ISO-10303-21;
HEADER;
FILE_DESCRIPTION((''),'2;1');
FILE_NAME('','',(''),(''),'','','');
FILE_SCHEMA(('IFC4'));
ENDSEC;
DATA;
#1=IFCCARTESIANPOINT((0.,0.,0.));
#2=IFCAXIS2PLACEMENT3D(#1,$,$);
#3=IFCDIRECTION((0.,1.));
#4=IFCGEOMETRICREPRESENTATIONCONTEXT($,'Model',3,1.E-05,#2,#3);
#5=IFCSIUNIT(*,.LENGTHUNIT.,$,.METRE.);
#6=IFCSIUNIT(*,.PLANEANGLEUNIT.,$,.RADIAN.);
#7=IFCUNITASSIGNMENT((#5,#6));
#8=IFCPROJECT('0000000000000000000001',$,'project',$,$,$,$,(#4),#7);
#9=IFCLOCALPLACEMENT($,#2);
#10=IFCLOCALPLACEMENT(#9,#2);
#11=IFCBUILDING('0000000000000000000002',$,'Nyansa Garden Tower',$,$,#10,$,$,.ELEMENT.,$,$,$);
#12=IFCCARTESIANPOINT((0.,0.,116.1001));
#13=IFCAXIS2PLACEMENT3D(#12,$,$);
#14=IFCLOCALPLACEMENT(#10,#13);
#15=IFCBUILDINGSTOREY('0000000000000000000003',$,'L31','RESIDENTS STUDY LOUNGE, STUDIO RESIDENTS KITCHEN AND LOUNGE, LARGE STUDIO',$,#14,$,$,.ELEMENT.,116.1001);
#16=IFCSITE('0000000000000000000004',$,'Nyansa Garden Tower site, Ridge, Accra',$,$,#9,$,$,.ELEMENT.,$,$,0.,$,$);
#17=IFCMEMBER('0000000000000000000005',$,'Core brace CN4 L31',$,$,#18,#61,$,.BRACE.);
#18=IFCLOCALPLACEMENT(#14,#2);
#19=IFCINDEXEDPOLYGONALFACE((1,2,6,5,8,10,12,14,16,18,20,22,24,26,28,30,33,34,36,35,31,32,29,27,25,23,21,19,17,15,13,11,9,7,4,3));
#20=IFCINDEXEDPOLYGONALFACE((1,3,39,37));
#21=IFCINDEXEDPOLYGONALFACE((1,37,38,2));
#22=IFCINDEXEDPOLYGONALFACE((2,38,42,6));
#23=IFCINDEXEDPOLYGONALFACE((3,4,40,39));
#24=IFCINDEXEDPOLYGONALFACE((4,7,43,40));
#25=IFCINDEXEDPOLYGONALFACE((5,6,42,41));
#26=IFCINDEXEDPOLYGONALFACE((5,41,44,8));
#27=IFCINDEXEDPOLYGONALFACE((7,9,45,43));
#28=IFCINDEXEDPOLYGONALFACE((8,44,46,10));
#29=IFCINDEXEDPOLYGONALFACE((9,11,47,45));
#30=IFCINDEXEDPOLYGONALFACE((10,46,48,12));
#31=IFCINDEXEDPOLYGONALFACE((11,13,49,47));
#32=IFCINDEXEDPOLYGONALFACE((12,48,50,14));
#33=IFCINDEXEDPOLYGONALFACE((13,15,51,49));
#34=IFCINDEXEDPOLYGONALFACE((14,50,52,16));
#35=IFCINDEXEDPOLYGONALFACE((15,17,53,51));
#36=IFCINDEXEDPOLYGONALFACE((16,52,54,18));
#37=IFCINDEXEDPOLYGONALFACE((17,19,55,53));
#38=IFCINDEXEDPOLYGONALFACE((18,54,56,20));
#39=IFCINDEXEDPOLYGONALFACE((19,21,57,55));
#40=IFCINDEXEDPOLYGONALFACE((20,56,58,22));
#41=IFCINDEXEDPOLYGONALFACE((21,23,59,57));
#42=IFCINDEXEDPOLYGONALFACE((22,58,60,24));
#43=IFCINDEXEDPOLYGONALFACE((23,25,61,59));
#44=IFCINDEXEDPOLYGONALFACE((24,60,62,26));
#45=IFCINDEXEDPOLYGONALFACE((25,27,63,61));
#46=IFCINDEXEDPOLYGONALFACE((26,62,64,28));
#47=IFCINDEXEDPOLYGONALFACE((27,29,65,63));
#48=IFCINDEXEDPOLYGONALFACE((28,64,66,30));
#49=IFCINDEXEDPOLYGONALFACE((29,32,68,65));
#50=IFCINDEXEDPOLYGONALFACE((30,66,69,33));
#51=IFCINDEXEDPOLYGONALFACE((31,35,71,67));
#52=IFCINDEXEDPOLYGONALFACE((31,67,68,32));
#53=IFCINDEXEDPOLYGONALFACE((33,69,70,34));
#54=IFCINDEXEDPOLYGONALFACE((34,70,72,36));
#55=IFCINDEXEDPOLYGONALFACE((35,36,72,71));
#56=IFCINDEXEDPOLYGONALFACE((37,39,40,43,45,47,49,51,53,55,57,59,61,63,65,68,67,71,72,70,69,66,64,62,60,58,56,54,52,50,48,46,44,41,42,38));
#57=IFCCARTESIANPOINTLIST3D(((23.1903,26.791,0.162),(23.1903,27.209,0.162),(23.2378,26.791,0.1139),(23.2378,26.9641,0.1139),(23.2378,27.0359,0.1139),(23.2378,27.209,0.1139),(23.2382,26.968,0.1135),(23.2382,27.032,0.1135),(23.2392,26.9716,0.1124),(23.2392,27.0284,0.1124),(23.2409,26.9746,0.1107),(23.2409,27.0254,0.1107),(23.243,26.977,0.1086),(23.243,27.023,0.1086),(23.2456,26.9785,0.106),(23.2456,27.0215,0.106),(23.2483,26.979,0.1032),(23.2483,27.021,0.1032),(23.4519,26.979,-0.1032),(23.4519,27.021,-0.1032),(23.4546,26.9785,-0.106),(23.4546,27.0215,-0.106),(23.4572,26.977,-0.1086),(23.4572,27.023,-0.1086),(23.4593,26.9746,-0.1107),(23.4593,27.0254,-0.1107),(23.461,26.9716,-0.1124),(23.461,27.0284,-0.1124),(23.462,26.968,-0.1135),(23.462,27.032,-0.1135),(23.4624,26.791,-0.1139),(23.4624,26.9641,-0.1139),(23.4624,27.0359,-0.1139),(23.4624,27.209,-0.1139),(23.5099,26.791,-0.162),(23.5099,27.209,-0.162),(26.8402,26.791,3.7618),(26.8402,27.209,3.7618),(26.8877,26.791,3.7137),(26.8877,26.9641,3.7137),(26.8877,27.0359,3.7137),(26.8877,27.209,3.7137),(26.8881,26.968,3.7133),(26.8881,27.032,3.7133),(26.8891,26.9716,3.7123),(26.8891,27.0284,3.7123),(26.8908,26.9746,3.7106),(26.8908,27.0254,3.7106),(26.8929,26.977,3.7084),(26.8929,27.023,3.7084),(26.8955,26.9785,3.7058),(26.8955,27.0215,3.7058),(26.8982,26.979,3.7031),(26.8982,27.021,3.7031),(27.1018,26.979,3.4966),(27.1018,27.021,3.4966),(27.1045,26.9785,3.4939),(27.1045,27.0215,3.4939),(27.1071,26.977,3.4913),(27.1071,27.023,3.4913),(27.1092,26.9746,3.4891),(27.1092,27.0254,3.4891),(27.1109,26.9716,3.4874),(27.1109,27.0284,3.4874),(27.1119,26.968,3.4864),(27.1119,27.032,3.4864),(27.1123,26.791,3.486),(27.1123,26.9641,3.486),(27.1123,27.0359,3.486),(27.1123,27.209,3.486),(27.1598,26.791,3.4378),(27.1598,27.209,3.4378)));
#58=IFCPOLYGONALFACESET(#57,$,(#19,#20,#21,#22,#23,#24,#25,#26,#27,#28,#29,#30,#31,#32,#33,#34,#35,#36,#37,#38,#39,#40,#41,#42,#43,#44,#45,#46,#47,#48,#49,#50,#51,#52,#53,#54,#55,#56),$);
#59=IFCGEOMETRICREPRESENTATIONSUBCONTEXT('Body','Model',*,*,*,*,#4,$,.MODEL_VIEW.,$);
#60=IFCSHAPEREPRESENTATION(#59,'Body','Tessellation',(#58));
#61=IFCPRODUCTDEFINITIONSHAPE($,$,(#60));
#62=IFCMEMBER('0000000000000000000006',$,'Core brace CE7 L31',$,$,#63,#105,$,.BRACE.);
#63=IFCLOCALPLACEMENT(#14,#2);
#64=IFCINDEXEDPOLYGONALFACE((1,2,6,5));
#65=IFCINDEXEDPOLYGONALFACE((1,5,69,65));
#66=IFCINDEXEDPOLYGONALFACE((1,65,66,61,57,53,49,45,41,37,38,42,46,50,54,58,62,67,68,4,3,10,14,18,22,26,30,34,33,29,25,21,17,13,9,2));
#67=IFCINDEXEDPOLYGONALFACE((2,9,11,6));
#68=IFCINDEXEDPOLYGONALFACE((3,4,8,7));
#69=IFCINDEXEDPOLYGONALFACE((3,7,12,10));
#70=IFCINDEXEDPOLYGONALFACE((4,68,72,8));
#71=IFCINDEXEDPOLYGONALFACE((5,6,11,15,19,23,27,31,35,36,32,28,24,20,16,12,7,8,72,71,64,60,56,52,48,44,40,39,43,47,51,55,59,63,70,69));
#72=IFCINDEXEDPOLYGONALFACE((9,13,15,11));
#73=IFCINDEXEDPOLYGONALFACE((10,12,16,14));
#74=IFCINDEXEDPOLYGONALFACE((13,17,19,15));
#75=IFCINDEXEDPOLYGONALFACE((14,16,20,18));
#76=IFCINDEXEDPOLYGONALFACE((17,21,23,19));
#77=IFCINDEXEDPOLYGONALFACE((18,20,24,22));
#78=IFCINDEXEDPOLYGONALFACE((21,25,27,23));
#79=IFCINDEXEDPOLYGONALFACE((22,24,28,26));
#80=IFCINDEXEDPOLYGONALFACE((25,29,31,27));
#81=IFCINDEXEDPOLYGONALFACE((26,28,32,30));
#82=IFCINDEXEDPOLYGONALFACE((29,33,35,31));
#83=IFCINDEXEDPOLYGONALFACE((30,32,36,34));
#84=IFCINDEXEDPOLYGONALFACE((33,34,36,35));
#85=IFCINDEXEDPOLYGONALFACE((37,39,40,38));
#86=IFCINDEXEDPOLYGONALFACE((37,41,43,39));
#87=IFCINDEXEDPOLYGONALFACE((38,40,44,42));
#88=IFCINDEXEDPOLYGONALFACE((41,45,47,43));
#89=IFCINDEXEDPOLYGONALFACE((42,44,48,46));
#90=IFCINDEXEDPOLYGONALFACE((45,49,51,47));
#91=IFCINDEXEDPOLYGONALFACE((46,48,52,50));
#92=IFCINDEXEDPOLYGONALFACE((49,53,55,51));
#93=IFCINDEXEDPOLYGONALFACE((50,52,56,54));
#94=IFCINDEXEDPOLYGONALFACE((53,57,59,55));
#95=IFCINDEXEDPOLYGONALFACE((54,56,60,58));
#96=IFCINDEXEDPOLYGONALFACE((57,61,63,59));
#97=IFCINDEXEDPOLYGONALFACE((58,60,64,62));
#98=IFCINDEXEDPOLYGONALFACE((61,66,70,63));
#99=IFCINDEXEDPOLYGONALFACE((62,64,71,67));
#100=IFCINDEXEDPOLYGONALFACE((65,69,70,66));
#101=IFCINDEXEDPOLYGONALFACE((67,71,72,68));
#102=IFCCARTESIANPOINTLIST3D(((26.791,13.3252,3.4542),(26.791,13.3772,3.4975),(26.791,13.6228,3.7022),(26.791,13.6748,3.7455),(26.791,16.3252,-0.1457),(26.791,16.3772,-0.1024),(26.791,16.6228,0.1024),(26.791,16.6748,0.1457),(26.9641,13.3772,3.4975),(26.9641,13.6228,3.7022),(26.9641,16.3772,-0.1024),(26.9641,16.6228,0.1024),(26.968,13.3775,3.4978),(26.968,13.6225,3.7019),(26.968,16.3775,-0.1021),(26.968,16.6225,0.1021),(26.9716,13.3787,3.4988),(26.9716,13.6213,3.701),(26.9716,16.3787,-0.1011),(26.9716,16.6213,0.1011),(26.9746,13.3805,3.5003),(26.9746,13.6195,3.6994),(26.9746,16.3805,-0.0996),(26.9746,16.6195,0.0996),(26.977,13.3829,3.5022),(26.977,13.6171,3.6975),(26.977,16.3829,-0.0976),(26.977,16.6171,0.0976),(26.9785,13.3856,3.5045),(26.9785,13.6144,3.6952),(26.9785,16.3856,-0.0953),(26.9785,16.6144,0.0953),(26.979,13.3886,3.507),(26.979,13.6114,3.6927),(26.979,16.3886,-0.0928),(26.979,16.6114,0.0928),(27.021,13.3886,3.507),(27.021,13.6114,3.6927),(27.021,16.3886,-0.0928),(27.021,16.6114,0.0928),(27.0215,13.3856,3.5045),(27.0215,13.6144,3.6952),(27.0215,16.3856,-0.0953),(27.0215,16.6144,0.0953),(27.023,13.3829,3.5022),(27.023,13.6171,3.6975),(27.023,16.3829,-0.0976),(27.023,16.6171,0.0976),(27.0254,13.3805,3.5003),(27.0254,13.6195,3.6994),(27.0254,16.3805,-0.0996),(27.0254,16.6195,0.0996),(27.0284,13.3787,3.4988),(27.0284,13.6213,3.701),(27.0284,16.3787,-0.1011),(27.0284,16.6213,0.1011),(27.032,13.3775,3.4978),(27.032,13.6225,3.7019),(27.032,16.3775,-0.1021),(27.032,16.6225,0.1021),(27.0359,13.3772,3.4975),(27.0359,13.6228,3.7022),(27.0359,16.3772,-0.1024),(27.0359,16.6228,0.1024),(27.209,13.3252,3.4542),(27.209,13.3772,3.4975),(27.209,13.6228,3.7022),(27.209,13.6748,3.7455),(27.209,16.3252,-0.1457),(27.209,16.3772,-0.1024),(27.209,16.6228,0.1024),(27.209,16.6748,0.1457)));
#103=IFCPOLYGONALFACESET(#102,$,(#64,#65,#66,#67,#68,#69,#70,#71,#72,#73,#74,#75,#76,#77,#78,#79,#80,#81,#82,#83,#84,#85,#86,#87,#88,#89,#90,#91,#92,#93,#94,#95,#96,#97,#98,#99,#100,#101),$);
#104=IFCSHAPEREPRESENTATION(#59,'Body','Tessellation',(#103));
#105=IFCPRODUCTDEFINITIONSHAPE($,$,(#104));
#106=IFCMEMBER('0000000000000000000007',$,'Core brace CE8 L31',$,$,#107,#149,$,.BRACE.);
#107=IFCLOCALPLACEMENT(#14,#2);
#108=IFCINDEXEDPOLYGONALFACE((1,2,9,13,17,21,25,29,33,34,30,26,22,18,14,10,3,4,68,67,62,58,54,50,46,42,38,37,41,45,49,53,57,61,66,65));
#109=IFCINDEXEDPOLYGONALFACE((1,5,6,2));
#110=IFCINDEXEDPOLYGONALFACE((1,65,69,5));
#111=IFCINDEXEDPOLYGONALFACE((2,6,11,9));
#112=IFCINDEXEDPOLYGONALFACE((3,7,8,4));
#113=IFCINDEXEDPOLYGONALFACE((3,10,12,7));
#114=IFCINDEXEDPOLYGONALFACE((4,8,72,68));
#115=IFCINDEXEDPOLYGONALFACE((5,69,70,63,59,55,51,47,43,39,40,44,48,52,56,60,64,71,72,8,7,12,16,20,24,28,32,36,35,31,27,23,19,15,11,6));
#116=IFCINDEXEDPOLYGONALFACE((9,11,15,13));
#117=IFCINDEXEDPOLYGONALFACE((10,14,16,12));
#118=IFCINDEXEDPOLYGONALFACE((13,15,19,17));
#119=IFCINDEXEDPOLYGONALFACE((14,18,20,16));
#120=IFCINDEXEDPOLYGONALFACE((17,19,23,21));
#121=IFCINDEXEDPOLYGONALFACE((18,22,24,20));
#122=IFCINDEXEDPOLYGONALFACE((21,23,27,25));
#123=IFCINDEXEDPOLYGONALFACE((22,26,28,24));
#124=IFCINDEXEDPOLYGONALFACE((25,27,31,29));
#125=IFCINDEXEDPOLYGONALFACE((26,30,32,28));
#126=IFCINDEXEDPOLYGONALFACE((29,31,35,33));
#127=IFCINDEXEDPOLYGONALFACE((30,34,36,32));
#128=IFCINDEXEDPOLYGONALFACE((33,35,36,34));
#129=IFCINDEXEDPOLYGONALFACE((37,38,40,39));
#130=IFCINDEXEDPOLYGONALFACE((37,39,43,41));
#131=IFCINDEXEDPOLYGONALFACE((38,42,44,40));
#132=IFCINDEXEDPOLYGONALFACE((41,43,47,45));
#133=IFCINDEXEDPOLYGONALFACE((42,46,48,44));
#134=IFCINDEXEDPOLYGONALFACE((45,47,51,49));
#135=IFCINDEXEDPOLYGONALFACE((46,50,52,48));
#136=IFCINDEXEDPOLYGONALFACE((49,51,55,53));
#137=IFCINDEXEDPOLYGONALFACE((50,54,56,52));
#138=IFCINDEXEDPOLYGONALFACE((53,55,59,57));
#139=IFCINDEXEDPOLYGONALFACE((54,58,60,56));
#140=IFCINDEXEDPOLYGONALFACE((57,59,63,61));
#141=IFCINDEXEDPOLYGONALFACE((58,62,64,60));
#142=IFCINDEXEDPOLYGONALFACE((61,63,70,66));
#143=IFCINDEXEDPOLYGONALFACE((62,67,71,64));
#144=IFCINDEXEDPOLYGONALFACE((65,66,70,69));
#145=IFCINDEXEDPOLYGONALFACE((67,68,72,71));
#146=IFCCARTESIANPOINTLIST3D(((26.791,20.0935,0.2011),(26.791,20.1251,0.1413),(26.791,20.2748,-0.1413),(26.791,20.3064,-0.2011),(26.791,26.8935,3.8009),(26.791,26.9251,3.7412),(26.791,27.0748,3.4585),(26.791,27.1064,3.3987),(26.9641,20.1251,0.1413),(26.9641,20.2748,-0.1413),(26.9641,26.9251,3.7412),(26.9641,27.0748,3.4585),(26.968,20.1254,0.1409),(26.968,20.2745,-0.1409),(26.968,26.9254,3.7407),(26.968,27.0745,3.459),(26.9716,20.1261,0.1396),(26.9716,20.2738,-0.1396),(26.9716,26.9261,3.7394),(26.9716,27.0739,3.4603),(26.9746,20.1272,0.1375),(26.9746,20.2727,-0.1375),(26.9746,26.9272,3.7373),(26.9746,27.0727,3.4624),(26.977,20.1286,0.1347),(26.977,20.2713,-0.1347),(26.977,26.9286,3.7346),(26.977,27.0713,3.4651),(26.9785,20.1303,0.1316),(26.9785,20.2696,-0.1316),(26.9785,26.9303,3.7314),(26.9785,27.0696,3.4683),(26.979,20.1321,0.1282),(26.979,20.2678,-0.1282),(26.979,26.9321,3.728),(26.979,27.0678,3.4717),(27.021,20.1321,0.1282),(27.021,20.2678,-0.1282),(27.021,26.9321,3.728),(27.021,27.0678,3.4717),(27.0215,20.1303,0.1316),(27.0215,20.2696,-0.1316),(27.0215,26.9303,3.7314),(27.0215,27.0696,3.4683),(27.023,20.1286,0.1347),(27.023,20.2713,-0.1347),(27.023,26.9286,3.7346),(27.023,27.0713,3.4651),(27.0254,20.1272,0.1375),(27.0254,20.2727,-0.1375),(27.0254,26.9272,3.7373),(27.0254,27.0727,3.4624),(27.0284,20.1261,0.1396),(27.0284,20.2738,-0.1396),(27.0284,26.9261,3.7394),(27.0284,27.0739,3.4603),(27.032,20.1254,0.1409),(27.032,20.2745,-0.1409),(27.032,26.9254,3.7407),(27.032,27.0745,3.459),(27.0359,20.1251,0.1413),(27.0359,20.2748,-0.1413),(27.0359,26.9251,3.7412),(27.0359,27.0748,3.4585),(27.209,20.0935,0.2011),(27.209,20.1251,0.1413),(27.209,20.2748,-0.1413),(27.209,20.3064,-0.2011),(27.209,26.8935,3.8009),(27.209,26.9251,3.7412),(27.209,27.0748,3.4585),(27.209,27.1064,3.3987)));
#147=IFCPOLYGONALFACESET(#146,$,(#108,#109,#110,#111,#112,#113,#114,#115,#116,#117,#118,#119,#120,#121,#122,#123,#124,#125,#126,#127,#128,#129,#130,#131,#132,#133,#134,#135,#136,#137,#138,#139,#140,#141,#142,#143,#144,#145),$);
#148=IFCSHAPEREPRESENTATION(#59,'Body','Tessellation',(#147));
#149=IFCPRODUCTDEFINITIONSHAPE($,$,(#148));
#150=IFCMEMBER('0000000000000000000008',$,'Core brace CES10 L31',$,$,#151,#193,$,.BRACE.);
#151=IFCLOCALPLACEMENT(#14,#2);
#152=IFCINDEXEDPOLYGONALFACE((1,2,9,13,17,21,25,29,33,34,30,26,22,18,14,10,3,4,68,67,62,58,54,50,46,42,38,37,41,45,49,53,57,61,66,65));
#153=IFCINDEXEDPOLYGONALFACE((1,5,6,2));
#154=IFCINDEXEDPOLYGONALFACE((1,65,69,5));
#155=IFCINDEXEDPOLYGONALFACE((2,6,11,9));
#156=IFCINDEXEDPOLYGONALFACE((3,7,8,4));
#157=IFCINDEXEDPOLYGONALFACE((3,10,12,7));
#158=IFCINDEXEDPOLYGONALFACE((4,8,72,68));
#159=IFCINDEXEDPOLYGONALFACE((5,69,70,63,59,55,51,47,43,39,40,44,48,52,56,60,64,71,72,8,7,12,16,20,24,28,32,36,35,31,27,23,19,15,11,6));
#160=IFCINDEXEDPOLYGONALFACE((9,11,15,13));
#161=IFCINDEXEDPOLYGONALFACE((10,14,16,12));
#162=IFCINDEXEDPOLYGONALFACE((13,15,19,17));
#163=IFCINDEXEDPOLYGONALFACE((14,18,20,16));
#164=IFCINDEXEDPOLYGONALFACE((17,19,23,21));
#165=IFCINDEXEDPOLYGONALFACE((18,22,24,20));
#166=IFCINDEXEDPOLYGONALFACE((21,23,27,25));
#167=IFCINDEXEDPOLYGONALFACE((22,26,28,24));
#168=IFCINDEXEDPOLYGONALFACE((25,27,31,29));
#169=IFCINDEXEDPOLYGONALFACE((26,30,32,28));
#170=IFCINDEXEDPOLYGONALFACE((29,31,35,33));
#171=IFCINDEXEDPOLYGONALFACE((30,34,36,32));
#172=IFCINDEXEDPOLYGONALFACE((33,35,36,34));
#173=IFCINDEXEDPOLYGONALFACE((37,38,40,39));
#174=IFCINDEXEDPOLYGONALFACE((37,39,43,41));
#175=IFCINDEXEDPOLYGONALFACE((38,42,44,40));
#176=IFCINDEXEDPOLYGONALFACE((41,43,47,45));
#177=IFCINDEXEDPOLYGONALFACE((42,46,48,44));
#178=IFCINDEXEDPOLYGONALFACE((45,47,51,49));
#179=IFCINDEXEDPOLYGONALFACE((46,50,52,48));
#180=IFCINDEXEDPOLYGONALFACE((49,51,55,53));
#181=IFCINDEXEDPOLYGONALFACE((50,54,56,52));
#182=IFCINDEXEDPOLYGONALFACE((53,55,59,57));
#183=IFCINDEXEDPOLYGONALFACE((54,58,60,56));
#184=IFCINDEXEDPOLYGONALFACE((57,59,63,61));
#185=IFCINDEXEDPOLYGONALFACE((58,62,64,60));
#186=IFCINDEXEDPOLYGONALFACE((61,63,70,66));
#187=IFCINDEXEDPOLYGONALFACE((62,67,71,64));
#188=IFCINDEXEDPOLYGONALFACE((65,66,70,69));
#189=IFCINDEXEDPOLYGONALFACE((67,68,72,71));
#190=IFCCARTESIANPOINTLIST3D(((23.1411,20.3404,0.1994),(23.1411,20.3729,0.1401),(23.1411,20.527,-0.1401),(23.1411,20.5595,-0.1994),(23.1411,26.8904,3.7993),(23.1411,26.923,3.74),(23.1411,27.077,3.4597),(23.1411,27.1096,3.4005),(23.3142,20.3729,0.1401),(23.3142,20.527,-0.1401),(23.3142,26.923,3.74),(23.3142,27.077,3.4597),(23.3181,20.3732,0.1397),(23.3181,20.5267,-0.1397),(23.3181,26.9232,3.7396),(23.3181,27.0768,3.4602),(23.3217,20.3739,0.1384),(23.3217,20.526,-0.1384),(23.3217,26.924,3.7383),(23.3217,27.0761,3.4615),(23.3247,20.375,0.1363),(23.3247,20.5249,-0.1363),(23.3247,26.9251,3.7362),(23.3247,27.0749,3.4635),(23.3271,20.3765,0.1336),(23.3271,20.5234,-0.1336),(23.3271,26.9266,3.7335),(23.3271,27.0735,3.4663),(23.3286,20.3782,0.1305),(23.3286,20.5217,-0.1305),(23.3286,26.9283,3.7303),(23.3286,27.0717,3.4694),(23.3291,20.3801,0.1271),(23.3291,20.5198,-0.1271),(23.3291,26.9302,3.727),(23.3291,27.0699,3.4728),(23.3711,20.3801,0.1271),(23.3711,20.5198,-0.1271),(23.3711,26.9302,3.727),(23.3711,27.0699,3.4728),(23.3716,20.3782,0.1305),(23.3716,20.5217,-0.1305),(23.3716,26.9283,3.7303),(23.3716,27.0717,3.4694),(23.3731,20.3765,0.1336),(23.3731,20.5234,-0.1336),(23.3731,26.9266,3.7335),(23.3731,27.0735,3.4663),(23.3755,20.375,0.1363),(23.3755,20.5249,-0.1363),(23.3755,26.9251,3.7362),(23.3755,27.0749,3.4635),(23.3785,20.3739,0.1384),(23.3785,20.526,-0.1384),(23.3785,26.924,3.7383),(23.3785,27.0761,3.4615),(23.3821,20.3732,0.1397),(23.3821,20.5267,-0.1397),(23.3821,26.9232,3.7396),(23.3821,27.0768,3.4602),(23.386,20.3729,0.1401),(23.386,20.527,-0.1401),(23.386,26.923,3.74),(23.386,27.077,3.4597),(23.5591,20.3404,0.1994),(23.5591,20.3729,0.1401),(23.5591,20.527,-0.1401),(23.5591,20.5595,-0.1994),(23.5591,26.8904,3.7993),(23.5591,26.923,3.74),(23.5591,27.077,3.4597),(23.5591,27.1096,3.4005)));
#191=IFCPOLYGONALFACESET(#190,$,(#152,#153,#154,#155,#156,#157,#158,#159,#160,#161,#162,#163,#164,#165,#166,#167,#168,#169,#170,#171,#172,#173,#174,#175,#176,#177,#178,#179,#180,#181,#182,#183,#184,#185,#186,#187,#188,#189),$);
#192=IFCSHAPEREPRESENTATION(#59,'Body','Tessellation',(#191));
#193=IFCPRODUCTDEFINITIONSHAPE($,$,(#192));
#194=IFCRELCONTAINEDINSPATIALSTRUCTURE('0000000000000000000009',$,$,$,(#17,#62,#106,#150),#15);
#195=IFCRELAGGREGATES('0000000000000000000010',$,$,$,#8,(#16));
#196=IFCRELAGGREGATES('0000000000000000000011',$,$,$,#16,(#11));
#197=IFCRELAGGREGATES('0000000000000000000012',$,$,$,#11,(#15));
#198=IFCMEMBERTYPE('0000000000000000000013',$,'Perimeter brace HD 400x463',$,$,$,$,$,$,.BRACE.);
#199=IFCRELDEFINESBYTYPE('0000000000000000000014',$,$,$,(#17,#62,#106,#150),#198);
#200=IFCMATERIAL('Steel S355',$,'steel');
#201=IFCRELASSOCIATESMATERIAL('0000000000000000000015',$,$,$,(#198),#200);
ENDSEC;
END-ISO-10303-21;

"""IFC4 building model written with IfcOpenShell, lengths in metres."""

from ifc_helpers import new_model, si_unit, direction, frame, origin, origin_2d, place, context, subcontext, project, spatial, i_section, extrude, material, material_profile, profile_set, type_object, element, save


model = new_model("IFC4")

# Units and contexts
model_context = context("Model", 3, precision=1e-05, world=origin(), true_north=direction((0.0, 1.0)))
body_context = subcontext(model_context, "Body", "Model", "MODEL_VIEW")
ifc_project = project(units=[si_unit("LENGTHUNIT", "METRE"), si_unit("PLANEANGLEUNIT", "RADIAN")], contexts=[model_context])

# Site, building, storey
site_placement = place(None, origin())
site = spatial("IfcSite", under=ifc_project, at=site_placement, Name="Nyansa Garden Tower site, Ridge, Accra", CompositionType="ELEMENT", RefElevation=0.0)
building_placement = place(site_placement, origin())
building = spatial("IfcBuilding", under=site, at=building_placement, Name="Nyansa Garden Tower", CompositionType="ELEMENT")
storey_placement = place(building_placement, frame((0.0, 0.0, 116.1001)))
storey = spatial("IfcBuildingStorey", under=building, at=storey_placement, Name="L31", Description="RESIDENTS STUDY LOUNGE, STUDIO RESIDENTS KITCHEN AND LOUNGE, LARGE STUDIO", CompositionType="ELEMENT", Elevation=116.1001)

# Members
ifc_material_1 = material(Name="Steel S355", Category="steel")
ifc_material_profile_1 = material_profile(ifc_material_1, i_section(OverallWidth=0.418, OverallDepth=0.4551, WebThickness=0.042, FlangeThickness=0.0676, FilletRadius=0.0149, at=origin_2d()), Name="HD 400x463")
ifc_profile_set_1 = profile_set([ifc_material_profile_1], Name="Steel S355")
member_type = type_object("IfcMemberType", Name="Perimeter brace HD 400x463", PredefinedType="BRACE", material=ifc_profile_set_1)
member_1_placement = place(storey_placement, frame((23.3501, 27.0, 0.0), z_axis=(0.711971, 0.0, 0.702209), x_axis=(0.0, 1.0, 0.0)))
element("IfcMember", 1, at=member_1_placement, inside=storey, type_object=member_type, Name="Core brace CN4 L31", PredefinedType="BRACE", context=body_context, shape_type="SweptSolid", body=[
    extrude(i_section(OverallWidth=0.418, OverallDepth=0.4551, WebThickness=0.042, FlangeThickness=0.0676, FilletRadius=0.0149, at=origin_2d()), origin(), (0.0, 0.0, 1.0), 5.1265),
])
member_2_placement = place(storey_placement, frame((27.0, 16.5, 0.0), z_axis=(0.0, -0.6402, 0.768208), x_axis=(1.0, 0.0, 0.0)))
element("IfcMember", 2, at=member_2_placement, inside=storey, type_object=member_type, Name="Core brace CE7 L31", PredefinedType="BRACE", context=body_context, shape_type="SweptSolid", body=[
    extrude(i_section(OverallWidth=0.418, OverallDepth=0.4551, WebThickness=0.042, FlangeThickness=0.0676, FilletRadius=0.0149, at=origin_2d()), origin(), (0.0, 0.0, 1.0), 4.686),
])
member_3_placement = place(storey_placement, frame((27.0, 20.2, 0.0), z_axis=(0.0, 0.883797, 0.46787), x_axis=(-1.0, 0.0, 0.0)))
element("IfcMember", 3, at=member_3_placement, inside=storey, type_object=member_type, Name="Core brace CE8 L31", PredefinedType="BRACE", context=body_context, shape_type="SweptSolid", body=[
    extrude(i_section(OverallWidth=0.418, OverallDepth=0.4551, WebThickness=0.042, FlangeThickness=0.0676, FilletRadius=0.0149, at=origin_2d()), origin(), (0.0, 0.0, 1.0), 7.6941),
])
member_4_placement = place(storey_placement, frame((23.3501, 20.45, 0.0), z_axis=(0.0, 0.876367, 0.481644), x_axis=(-1.0, 0.0, 0.0)))
element("IfcMember", 4, at=member_4_placement, inside=storey, type_object=member_type, Name="Core brace CES10 L31", PredefinedType="BRACE", context=body_context, shape_type="SweptSolid", body=[
    extrude(i_section(OverallWidth=0.418, OverallDepth=0.4551, WebThickness=0.042, FlangeThickness=0.0676, FilletRadius=0.0149, at=origin_2d()), origin(), (0.0, 0.0, 1.0), 7.4741),
])

save(model, "model.ifc")
